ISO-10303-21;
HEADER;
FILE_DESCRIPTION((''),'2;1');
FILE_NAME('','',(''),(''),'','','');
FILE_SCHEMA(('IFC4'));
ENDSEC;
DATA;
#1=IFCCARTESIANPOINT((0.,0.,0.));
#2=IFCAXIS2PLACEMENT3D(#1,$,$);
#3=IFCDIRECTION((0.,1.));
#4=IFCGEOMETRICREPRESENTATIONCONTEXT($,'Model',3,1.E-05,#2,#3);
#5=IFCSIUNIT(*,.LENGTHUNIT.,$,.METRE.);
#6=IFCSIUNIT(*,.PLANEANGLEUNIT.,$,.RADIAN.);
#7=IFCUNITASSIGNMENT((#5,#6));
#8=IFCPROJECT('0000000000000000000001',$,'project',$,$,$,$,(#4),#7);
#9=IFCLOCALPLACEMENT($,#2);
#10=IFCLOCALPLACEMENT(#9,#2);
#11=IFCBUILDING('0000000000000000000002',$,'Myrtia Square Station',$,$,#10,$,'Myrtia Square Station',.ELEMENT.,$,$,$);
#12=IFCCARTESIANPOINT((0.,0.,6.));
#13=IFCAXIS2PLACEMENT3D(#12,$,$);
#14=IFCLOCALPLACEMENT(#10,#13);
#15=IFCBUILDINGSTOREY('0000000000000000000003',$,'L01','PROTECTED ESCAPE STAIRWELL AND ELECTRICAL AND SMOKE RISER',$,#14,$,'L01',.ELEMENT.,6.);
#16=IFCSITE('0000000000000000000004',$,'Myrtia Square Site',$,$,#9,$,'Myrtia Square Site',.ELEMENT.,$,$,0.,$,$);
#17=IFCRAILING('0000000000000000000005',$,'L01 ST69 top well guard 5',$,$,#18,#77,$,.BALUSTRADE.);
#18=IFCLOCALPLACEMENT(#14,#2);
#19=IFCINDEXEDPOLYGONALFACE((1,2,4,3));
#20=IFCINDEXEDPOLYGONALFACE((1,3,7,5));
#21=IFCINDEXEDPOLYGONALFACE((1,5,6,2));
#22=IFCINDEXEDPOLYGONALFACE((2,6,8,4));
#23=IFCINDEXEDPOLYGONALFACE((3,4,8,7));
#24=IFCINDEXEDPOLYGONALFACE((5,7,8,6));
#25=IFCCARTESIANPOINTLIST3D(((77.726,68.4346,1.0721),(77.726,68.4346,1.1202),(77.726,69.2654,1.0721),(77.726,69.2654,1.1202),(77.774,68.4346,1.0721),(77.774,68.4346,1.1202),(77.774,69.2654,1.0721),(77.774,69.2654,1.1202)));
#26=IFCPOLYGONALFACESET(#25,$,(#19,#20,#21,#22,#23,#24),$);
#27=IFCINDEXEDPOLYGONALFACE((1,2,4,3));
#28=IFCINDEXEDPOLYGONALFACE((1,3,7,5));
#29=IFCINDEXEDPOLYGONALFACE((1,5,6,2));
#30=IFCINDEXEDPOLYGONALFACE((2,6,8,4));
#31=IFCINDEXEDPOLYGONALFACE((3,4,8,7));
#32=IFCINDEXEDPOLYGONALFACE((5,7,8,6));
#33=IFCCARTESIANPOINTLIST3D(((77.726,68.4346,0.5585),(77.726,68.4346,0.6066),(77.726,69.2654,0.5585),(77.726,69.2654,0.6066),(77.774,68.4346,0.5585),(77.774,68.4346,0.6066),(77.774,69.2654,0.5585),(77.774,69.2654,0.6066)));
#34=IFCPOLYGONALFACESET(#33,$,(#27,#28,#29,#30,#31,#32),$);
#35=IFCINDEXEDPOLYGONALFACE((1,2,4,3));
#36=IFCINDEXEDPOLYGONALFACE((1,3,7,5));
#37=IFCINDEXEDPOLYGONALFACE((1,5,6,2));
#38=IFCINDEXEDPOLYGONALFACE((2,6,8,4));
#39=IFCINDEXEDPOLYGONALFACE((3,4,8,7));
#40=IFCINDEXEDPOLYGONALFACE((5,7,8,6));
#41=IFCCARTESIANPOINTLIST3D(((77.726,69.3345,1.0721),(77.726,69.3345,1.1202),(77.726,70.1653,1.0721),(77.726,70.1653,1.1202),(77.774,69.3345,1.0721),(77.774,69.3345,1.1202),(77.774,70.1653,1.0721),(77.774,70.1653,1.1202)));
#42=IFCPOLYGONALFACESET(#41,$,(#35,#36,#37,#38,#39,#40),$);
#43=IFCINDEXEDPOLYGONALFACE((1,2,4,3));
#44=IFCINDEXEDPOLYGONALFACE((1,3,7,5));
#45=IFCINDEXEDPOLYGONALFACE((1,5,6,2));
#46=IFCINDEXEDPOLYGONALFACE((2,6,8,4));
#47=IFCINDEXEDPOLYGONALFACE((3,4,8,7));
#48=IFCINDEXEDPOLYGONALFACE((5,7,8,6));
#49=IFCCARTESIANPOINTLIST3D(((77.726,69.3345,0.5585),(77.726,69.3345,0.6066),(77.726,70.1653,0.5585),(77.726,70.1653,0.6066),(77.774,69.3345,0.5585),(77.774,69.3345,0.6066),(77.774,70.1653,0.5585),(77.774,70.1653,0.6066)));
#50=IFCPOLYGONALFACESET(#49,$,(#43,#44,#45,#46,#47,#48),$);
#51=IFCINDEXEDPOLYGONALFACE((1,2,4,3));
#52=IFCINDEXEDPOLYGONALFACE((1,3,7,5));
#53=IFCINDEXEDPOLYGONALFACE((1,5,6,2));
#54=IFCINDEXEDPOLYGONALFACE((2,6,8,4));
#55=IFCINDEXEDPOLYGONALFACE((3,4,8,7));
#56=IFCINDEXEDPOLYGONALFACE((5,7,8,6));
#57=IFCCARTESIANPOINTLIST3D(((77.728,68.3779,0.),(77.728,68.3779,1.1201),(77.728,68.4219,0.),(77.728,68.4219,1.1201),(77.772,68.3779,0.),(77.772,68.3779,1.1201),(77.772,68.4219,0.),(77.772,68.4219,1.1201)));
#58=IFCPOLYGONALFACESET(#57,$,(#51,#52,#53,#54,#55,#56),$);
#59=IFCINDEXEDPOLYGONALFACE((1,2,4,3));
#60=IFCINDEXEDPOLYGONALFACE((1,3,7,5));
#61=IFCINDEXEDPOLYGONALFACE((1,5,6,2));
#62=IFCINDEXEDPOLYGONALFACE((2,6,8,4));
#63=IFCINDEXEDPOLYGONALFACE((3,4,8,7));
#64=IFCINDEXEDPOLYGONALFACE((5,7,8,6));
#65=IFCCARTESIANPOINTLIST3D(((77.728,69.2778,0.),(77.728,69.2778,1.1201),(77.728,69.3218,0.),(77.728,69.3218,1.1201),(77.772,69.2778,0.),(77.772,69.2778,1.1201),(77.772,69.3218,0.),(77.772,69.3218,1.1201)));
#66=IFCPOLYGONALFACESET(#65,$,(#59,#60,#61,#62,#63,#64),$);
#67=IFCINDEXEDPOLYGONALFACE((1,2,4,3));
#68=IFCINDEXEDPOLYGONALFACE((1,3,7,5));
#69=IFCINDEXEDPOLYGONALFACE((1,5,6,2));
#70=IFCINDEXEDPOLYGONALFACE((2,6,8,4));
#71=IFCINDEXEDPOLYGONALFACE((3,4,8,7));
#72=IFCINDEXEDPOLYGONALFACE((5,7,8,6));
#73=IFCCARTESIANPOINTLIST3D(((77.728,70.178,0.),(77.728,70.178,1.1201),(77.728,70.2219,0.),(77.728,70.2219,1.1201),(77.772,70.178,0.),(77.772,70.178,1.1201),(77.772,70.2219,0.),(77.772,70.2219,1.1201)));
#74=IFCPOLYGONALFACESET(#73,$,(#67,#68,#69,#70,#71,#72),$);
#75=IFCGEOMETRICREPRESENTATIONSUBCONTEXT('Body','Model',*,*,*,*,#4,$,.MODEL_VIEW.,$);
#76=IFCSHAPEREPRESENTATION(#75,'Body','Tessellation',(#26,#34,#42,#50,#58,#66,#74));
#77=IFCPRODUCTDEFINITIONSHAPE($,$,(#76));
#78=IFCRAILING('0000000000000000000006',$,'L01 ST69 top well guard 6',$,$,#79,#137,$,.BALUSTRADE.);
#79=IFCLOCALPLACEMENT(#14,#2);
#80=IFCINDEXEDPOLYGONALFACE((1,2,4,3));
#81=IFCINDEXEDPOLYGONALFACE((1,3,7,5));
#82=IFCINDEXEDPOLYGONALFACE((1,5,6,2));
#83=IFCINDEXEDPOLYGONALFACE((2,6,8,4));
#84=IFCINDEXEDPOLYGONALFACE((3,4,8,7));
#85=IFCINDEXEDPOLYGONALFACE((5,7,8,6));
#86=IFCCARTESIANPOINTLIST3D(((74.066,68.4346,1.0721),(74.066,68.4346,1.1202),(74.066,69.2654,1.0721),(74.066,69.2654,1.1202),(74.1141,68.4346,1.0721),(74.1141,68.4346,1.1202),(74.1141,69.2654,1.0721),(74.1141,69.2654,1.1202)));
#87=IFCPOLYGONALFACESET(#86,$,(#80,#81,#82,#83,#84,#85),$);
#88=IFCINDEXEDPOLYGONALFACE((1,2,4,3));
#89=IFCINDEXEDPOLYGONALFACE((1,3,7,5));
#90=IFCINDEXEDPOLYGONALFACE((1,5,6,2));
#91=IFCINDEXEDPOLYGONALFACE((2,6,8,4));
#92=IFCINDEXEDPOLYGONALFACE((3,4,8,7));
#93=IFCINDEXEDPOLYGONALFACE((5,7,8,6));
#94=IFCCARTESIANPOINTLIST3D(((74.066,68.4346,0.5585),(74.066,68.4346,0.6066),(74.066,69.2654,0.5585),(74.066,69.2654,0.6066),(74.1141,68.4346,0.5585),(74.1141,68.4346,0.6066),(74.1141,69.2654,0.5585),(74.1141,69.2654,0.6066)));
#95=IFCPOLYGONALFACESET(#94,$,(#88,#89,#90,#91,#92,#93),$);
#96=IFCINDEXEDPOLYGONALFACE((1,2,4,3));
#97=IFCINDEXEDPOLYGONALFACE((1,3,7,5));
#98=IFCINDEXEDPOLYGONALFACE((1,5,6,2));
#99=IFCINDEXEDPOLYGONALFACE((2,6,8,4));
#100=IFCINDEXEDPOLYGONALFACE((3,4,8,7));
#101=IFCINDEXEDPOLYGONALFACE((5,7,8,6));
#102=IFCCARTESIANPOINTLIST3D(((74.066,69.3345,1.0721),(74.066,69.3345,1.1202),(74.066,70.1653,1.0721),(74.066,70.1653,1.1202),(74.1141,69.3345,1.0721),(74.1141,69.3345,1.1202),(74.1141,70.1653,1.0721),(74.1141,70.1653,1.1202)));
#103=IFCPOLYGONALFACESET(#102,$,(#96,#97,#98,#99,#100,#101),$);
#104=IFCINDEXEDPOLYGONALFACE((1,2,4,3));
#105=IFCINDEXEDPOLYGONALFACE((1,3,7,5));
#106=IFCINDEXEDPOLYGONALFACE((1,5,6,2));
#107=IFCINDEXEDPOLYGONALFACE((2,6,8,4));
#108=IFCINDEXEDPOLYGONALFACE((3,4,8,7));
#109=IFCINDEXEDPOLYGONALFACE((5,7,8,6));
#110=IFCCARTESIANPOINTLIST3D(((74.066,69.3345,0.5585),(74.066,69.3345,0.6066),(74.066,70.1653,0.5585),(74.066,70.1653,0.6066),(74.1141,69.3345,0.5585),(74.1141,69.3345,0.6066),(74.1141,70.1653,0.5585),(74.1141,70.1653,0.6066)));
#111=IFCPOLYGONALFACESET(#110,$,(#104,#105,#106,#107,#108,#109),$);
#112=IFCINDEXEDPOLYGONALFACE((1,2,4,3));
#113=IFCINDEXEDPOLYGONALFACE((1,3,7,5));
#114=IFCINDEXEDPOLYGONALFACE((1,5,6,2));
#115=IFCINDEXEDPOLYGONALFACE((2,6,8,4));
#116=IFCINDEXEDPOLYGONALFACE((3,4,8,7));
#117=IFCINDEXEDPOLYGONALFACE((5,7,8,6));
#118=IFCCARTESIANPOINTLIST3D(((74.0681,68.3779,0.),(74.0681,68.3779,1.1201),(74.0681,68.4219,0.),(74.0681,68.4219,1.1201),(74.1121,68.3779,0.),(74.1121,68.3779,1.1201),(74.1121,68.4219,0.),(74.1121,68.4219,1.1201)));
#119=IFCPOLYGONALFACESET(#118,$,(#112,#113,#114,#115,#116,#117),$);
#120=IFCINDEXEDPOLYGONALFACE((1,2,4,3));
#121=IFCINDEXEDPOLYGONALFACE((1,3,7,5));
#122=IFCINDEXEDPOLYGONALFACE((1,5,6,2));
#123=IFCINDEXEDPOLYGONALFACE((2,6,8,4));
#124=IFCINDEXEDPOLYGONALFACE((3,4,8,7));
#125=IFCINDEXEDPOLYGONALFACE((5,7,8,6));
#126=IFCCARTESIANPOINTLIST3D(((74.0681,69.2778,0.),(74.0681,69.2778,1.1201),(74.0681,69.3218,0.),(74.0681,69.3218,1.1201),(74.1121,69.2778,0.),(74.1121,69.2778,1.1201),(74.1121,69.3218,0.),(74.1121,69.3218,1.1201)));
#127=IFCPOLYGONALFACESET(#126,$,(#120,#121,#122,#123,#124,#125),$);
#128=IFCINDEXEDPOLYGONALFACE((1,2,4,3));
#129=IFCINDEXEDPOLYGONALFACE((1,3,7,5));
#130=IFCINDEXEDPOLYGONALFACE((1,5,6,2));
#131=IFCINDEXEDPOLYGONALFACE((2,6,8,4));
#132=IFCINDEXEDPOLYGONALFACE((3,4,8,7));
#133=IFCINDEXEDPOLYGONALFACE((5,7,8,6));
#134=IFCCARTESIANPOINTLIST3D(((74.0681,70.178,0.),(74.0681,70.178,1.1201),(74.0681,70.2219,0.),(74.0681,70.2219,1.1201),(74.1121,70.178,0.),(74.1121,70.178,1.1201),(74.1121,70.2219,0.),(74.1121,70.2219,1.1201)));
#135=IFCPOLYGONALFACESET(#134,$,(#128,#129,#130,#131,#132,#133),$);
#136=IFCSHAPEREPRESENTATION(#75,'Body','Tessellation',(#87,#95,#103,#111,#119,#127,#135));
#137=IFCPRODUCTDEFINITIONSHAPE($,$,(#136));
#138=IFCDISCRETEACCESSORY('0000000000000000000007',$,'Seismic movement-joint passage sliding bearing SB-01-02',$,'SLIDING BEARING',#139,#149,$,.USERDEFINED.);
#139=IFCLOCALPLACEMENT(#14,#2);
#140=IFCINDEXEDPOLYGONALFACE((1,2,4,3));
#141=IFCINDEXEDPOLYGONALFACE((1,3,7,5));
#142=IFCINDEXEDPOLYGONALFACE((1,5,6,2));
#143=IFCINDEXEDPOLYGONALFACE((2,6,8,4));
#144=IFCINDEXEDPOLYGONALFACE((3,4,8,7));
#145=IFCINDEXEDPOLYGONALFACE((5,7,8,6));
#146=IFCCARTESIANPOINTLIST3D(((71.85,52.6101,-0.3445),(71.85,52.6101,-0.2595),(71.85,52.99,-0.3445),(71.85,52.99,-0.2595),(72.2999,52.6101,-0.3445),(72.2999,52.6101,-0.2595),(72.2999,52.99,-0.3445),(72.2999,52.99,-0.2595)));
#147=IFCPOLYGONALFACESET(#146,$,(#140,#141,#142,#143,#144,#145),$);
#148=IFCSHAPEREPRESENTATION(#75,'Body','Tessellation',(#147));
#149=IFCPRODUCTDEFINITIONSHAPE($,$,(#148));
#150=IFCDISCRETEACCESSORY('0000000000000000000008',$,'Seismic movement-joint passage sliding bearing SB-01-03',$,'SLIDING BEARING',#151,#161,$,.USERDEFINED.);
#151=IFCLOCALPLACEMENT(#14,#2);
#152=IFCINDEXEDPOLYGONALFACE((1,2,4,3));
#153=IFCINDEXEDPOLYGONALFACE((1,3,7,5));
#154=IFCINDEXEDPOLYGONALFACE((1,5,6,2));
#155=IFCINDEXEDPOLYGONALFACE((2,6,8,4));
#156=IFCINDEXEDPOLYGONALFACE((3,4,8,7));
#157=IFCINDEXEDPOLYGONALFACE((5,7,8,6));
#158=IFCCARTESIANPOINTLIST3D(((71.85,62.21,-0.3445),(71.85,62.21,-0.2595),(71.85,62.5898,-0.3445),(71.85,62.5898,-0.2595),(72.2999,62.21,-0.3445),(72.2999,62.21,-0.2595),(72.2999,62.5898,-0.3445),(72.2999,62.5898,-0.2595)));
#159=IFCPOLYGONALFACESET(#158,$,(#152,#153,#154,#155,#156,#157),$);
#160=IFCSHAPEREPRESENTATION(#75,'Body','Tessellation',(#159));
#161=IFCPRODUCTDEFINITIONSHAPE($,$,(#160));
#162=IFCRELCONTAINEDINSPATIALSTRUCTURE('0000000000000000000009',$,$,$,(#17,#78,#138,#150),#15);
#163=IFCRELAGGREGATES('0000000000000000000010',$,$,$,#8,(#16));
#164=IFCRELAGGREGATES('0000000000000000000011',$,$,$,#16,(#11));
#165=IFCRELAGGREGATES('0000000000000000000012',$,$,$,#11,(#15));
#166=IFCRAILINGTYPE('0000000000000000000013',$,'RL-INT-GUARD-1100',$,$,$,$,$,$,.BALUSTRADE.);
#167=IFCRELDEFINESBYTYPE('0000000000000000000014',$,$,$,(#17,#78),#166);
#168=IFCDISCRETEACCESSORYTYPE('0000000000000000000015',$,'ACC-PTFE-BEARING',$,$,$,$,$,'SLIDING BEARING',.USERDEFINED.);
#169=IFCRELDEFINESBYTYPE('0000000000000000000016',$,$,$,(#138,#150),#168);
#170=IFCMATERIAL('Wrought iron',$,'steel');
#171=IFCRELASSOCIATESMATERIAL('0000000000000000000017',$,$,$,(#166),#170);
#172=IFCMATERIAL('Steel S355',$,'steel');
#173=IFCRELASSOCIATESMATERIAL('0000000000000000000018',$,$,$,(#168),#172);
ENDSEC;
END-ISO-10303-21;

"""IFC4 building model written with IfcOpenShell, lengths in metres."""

from ifc_helpers import new_model, si_unit, direction, frame, origin, origin_2d, place, context, subcontext, project, spatial, rectangle, extrude, material, type_object, element, save


model = new_model("IFC4")

# Units and contexts
model_context = context("Model", 3, precision=1e-05, world=origin(), true_north=direction((0.0, 1.0)))
body_context = subcontext(model_context, "Body", "Model", "MODEL_VIEW")
ifc_project = project(units=[si_unit("LENGTHUNIT", "METRE"), si_unit("PLANEANGLEUNIT", "RADIAN")], contexts=[model_context])

# Site, building, storey
site_placement = place(None, origin())
site = spatial("IfcSite", under=ifc_project, at=site_placement, Name="Myrtia Square Site", LongName="Myrtia Square Site", CompositionType="ELEMENT", RefElevation=0.0)
building_placement = place(site_placement, origin())
building = spatial("IfcBuilding", under=site, at=building_placement, Name="Myrtia Square Station", LongName="Myrtia Square Station", CompositionType="ELEMENT")
storey_placement = place(building_placement, frame((0.0, 0.0, 6.0)))
storey = spatial("IfcBuildingStorey", under=building, at=storey_placement, Name="L01", Description="PROTECTED ESCAPE STAIRWELL AND ELECTRICAL AND SMOKE RISER", LongName="L01", CompositionType="ELEMENT", Elevation=6.0)

# Shared definitions
ifc_material_1 = material(Name="Steel S355", Category="steel")

# Railings
ifc_material_2 = material(Name="Wrought iron", Category="steel")
railing_type = type_object("IfcRailingType", Name="RL-INT-GUARD-1100", PredefinedType="BALUSTRADE", material=ifc_material_2)
for number, where, name in (
    (1, (77.75, 68.3999, 0.0), "L01 ST69 top well guard 5"),
    (2, (74.0901, 68.3999, 0.0), "L01 ST69 top well guard 6"),
):
    element("IfcRailing", number, at=place(storey_placement, frame(where)), inside=storey, type_object=railing_type, Name=name, PredefinedType="BALUSTRADE", context=body_context, shape_type="SweptSolid", body=[
        extrude(rectangle(XDim=0.0481, YDim=0.0481, at=origin_2d()), frame((0.0, 0.0347, 1.0962), z_axis=(0.0, 1.0, 0.0), x_axis=(-1.0, 0.0, 0.0)), (0.0, 0.0, 1.0), 0.8308),
        extrude(rectangle(XDim=0.0481, YDim=0.0481, at=origin_2d()), frame((0.0, 0.0347, 0.5825), z_axis=(0.0, 1.0, 0.0), x_axis=(-1.0, 0.0, 0.0)), (0.0, 0.0, 1.0), 0.8308),
        extrude(rectangle(XDim=0.0481, YDim=0.0481, at=origin_2d()), frame((0.0, 0.9346, 1.0962), z_axis=(0.0, 1.0, 0.0), x_axis=(-1.0, 0.0, 0.0)), (0.0, 0.0, 1.0), 0.8308),
        extrude(rectangle(XDim=0.0481, YDim=0.0481, at=origin_2d()), frame((0.0, 0.9346, 0.5825), z_axis=(0.0, 1.0, 0.0), x_axis=(-1.0, 0.0, 0.0)), (0.0, 0.0, 1.0), 0.8308),
        extrude(rectangle(XDim=0.0439, YDim=0.0439, at=origin_2d()), origin(), (0.0, 0.0, 1.0), 1.1201),
        extrude(rectangle(XDim=0.0439, YDim=0.0439, at=origin_2d()), frame((0.0, 0.8999, 0.0)), (0.0, 0.0, 1.0), 1.1201),
        extrude(rectangle(XDim=0.0439, YDim=0.0439, at=origin_2d()), frame((0.0, 1.8, 0.0)), (0.0, 0.0, 1.0), 1.1201),
    ])

# Discrete accessories
discrete_accessory_type = type_object("IfcDiscreteAccessoryType", Name="ACC-PTFE-BEARING", ElementType="SLIDING BEARING", PredefinedType="USERDEFINED", material=ifc_material_1)
for number, where, z_axis, x_axis, name in (
    (3, (72.075, 52.8, -0.3445), (0.0, 0.0, 1.0), (1.0, 0.0, 0.0), "Seismic movement-joint passage sliding bearing SB-01-02"),
    (4, (72.075, 62.3999, -0.3445), (0.0, 0.0, 1.0), (1.0, 0.0, 0.0), "Seismic movement-joint passage sliding bearing SB-01-03"),
):
    element("IfcDiscreteAccessory", number, at=place(storey_placement, frame(where, z_axis=z_axis, x_axis=x_axis)), inside=storey, type_object=discrete_accessory_type, Name=name, ObjectType="SLIDING BEARING", PredefinedType="USERDEFINED", context=body_context, shape_type="SweptSolid", body=[
        extrude(rectangle(XDim=0.45, YDim=0.3799, at=origin_2d()), origin(), (0.0, 0.0, 1.0), 0.085),
    ])

save(model, "model.ifc")
